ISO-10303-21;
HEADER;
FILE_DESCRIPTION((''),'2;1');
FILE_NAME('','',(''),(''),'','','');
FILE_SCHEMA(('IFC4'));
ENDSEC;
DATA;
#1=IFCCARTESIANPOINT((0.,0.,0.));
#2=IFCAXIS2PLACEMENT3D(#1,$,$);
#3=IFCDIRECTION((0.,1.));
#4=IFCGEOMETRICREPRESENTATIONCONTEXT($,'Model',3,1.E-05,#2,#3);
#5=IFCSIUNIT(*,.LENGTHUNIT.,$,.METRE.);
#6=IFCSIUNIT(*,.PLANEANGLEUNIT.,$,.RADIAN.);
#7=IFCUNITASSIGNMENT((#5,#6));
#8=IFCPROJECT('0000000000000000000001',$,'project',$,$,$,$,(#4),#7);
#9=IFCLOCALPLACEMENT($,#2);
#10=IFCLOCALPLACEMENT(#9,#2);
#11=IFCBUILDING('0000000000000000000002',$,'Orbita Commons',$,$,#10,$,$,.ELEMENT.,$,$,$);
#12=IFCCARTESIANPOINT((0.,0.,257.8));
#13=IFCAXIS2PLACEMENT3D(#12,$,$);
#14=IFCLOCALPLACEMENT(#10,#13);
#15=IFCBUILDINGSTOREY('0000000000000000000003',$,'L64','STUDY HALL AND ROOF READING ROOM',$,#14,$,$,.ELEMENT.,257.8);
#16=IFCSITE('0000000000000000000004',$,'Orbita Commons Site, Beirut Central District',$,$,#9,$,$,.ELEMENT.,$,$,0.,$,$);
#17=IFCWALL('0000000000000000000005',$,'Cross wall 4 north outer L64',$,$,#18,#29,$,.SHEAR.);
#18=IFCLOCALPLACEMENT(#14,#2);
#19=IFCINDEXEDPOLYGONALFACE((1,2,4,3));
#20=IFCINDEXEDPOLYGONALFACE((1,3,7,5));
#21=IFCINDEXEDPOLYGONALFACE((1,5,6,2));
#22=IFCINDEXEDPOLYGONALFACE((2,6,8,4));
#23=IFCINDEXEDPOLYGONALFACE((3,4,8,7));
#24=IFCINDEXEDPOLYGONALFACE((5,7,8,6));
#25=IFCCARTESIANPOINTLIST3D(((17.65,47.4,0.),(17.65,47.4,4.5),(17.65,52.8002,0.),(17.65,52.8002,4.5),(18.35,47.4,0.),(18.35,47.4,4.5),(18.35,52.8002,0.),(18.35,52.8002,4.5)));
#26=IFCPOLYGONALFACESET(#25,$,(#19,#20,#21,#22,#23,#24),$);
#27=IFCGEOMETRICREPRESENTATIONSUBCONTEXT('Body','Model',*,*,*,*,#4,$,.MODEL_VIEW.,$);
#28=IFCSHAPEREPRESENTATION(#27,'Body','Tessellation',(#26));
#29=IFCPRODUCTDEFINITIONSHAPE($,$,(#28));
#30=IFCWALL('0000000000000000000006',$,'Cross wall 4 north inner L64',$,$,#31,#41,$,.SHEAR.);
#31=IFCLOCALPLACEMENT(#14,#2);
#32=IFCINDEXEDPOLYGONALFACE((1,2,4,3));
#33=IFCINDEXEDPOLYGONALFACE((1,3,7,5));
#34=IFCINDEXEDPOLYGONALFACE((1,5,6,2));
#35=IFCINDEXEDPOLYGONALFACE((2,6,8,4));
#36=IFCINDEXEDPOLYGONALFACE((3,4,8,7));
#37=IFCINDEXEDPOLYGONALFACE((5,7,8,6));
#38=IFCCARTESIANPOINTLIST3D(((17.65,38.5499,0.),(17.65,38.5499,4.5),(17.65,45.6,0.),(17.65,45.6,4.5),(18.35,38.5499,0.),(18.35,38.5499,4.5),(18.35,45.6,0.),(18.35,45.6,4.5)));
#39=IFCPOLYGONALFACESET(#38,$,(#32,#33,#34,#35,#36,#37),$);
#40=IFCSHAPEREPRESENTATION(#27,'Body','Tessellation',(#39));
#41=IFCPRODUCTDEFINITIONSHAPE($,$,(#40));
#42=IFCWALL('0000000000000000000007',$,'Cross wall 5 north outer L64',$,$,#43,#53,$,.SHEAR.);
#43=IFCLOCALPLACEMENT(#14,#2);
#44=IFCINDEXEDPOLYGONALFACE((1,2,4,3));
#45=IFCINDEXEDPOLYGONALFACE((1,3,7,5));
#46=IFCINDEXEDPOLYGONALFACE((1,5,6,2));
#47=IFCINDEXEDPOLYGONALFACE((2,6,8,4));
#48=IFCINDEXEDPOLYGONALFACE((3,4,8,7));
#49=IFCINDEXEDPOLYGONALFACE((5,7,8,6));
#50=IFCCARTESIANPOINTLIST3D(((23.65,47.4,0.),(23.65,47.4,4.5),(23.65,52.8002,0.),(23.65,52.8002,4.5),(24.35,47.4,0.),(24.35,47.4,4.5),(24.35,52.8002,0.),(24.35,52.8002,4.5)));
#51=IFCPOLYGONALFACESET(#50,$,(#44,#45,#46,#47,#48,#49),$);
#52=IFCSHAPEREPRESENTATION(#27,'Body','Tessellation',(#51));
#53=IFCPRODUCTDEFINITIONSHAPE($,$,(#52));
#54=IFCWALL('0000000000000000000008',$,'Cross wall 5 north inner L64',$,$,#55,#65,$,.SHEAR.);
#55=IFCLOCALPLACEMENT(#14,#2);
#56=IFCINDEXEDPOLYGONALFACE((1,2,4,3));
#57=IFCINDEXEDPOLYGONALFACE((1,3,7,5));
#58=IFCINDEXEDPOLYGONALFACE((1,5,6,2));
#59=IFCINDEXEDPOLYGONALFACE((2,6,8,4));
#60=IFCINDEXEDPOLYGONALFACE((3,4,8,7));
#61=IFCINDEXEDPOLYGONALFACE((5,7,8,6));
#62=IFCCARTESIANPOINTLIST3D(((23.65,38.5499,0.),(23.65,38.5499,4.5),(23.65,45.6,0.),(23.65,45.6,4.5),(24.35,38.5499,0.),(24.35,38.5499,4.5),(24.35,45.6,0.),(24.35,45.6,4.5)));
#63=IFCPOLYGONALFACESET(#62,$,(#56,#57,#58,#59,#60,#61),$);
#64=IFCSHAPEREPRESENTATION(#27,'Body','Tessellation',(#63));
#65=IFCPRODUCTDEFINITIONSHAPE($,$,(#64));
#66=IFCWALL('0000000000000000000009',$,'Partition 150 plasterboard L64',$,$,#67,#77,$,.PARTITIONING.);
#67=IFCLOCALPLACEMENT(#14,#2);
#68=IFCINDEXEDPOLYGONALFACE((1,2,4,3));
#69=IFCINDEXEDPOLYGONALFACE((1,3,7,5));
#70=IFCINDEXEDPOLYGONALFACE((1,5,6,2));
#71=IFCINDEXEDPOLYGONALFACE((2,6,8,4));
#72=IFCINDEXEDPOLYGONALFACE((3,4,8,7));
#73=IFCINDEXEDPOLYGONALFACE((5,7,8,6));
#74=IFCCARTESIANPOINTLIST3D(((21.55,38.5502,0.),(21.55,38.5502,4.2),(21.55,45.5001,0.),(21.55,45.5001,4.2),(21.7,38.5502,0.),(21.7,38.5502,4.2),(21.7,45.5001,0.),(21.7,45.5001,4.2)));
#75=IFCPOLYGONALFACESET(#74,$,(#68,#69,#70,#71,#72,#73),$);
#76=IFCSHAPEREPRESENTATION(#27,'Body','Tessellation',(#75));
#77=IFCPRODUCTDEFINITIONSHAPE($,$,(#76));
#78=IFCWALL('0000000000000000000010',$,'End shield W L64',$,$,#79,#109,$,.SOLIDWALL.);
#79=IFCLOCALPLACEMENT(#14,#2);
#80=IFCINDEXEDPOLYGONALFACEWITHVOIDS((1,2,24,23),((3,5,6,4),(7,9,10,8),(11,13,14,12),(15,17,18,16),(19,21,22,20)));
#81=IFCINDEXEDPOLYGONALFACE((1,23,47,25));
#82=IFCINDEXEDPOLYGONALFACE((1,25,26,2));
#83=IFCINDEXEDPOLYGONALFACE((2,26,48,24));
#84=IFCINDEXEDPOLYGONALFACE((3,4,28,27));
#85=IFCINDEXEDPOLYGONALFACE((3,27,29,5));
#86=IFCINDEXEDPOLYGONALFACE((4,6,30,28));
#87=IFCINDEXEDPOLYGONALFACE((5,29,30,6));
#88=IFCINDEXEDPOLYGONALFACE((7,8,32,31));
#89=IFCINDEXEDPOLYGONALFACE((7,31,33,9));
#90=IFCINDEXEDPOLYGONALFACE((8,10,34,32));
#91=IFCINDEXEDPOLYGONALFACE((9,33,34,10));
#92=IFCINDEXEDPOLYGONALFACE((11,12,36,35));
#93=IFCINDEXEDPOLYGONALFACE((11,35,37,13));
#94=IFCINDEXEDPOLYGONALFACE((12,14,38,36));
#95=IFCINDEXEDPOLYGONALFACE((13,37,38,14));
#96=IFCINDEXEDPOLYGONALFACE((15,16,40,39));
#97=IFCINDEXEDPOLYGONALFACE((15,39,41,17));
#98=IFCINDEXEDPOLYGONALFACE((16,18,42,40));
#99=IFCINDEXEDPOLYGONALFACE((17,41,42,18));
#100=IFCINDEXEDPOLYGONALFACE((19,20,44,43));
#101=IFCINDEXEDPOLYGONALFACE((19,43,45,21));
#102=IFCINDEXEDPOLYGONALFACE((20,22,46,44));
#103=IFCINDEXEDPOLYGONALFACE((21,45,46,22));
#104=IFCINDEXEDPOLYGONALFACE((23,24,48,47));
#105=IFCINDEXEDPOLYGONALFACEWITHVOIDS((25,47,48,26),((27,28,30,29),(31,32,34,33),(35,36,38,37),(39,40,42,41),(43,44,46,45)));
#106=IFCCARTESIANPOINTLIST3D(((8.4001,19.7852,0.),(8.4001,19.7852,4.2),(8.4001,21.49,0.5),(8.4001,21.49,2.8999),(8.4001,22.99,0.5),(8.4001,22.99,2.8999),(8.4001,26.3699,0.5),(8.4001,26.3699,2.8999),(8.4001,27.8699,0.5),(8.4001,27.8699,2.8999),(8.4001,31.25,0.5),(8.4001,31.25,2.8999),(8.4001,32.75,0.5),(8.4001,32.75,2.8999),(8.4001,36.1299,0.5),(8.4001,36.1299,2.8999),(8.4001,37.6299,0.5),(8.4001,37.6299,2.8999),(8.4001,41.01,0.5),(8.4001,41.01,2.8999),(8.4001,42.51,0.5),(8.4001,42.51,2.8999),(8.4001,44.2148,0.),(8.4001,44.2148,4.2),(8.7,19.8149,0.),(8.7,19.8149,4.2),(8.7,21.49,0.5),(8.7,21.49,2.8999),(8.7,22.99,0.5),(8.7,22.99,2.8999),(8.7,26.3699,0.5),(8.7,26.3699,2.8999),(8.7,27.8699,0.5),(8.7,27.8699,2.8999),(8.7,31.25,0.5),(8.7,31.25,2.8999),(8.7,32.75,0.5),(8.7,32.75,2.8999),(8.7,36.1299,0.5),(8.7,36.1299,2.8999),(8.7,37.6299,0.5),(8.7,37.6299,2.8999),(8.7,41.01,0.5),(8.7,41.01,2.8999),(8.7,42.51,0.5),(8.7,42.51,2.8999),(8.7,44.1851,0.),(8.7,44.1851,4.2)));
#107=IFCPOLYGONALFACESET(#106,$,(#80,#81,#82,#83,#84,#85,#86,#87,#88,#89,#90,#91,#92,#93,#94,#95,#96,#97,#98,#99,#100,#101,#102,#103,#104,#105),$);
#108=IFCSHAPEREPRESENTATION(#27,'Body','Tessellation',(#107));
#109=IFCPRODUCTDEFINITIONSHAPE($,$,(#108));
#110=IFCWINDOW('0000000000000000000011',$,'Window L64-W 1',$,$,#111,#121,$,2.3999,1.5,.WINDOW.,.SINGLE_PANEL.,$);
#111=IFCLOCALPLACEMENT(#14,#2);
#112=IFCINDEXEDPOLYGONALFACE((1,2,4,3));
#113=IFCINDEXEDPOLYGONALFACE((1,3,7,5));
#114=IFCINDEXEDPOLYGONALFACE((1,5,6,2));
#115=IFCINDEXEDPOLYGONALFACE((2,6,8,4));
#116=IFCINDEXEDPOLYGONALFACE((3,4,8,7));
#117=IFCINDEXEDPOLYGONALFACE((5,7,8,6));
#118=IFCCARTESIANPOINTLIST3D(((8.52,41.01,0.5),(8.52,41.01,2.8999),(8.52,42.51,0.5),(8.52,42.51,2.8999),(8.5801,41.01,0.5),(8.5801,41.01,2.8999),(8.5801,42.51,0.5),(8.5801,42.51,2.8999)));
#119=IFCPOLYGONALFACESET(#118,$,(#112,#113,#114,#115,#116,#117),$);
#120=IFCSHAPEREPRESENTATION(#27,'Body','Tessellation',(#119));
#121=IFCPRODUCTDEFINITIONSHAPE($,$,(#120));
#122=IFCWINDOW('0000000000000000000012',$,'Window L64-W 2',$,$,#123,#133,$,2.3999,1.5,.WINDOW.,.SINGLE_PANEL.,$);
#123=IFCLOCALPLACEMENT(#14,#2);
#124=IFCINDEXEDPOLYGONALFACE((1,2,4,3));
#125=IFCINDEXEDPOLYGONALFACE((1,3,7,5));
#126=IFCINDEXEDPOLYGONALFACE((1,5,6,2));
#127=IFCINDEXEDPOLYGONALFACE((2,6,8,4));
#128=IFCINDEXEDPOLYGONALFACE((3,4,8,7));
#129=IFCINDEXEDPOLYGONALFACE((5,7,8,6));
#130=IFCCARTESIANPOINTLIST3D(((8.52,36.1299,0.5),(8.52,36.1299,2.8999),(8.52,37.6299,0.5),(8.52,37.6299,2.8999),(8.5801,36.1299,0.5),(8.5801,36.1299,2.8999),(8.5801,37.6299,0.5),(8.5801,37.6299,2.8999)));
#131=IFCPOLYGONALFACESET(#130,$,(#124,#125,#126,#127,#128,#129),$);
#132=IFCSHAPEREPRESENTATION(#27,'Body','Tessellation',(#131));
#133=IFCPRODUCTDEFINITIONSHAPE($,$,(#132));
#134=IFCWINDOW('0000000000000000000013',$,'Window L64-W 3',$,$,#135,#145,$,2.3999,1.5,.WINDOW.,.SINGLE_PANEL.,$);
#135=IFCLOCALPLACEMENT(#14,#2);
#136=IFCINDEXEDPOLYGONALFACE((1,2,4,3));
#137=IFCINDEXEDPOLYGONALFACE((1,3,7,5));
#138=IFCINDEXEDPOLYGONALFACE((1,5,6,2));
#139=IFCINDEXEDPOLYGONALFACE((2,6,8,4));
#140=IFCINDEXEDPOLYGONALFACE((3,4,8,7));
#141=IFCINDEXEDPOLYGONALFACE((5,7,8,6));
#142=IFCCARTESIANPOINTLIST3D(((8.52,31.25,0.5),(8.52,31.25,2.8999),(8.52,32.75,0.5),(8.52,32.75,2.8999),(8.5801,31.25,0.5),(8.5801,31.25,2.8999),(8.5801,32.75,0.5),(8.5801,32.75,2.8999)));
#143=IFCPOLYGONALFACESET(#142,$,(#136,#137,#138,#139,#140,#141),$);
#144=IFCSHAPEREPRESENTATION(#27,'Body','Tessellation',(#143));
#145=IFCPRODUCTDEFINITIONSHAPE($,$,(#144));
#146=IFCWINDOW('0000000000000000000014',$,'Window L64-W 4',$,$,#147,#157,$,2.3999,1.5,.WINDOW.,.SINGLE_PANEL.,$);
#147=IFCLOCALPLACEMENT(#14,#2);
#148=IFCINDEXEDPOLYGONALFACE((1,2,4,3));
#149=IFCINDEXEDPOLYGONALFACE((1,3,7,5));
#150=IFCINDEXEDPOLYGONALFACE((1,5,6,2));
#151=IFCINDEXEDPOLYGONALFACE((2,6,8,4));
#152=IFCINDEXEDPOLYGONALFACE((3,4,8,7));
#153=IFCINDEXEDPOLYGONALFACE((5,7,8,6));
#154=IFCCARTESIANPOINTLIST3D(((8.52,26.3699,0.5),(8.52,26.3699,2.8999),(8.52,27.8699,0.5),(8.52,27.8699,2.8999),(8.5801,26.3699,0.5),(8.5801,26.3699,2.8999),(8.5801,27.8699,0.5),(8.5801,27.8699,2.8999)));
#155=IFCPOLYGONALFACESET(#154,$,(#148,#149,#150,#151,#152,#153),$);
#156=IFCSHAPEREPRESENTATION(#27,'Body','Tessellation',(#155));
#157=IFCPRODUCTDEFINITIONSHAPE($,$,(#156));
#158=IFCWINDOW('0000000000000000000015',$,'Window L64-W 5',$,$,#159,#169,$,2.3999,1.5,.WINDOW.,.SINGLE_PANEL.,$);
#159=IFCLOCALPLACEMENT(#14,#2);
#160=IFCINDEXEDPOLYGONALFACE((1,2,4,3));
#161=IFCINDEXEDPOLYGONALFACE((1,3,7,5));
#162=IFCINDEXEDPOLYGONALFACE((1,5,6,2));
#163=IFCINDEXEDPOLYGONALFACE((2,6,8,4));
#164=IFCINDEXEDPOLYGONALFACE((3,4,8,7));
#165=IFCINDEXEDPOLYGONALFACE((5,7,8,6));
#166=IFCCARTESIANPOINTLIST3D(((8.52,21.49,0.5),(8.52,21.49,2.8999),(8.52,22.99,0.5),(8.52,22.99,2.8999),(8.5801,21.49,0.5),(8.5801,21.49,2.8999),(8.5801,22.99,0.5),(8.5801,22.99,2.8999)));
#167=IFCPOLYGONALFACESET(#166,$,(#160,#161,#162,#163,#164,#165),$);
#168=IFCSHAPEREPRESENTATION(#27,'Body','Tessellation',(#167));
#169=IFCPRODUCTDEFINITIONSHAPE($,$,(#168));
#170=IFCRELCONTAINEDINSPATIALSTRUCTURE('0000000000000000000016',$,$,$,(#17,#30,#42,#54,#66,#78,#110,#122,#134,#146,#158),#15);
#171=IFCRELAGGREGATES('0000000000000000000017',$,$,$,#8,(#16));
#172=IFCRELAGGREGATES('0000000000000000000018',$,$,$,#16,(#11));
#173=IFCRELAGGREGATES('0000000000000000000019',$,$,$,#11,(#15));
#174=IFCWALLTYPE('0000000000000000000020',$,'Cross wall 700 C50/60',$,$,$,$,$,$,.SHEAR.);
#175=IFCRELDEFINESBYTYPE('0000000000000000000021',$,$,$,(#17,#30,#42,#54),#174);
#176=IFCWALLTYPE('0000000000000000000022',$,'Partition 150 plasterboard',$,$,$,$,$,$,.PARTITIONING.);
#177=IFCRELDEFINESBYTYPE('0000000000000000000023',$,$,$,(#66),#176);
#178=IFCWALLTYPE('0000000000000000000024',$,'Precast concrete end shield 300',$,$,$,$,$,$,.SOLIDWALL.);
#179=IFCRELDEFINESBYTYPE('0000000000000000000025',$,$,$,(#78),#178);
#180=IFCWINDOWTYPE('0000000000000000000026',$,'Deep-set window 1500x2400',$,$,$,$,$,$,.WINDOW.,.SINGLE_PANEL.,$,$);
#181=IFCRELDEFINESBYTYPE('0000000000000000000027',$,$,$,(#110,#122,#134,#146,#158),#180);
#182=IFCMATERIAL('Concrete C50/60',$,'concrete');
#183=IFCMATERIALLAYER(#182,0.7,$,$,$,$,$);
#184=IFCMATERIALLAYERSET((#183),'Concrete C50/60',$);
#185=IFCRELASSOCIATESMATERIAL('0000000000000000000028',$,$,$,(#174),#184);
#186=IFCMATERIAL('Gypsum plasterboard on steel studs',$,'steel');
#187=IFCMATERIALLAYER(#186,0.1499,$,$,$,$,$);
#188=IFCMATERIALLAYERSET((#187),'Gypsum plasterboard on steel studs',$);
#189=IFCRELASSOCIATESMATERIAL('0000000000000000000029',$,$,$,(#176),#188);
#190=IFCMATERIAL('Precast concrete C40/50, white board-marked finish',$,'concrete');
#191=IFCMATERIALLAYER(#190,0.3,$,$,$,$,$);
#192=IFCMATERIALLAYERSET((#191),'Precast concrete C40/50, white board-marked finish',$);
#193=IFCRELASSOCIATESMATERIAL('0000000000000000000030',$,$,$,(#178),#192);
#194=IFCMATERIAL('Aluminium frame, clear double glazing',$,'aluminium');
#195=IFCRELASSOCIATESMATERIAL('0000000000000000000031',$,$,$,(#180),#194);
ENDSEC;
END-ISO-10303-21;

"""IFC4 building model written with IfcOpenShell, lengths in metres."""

from ifc_helpers import new_model, si_unit, direction, frame, frame_2d, origin, place, context, subcontext, project, spatial, polyline, rectangle, outline, extrude, material, layer, layer_set, type_object, element, fill, save


model = new_model("IFC4")

# Units and contexts
model_context = context("Model", 3, precision=1e-05, world=origin(), true_north=direction((0.0, 1.0)))
body_context = subcontext(model_context, "Body", "Model", "MODEL_VIEW")
ifc_project = project(units=[si_unit("LENGTHUNIT", "METRE"), si_unit("PLANEANGLEUNIT", "RADIAN")], contexts=[model_context])

# Site, building, storey
site_placement = place(None, origin())
site = spatial("IfcSite", under=ifc_project, at=site_placement, Name="Orbita Commons Site, Beirut Central District", CompositionType="ELEMENT", RefElevation=0.0)
building_placement = place(site_placement, origin())
building = spatial("IfcBuilding", under=site, at=building_placement, Name="Orbita Commons", CompositionType="ELEMENT")
storey_placement = place(building_placement, frame((0.0, 0.0, 257.8)))
storey = spatial("IfcBuildingStorey", under=building, at=storey_placement, Name="L64", Description="STUDY HALL AND ROOF READING ROOM", CompositionType="ELEMENT", Elevation=257.8)

# Walls
ifc_material_1 = material(Name="Concrete C50/60", Category="concrete")
ifc_layer_1 = layer(ifc_material_1, 0.7)
ifc_layer_set_1 = layer_set([ifc_layer_1], Name="Concrete C50/60")
wall_type_1 = type_object("IfcWallType", Name="Cross wall 700 C50/60", PredefinedType="SHEAR", material=ifc_layer_set_1)
wall_1_placement = place(storey_placement, frame((18.0, 47.3999, 0.0), z_axis=(0.0, 0.0, 1.0), x_axis=(0.0, 1.0, 0.0)))
element("IfcWall", 1, at=wall_1_placement, inside=storey, type_object=wall_type_1, Name="Cross wall 4 north outer L64", PredefinedType="SHEAR", context=body_context, shape_type="SweptSolid", body=[
    extrude(rectangle(XDim=5.4001, YDim=0.7, at=frame_2d((2.7002, 0.0))), origin(), (0.0, 0.0, 1.0), 4.5),
])
wall_2_placement = place(storey_placement, frame((18.0, 38.55, 0.0), z_axis=(0.0, 0.0, 1.0), x_axis=(0.0, 1.0, 0.0)))
element("IfcWall", 2, at=wall_2_placement, inside=storey, type_object=wall_type_1, Name="Cross wall 4 north inner L64", PredefinedType="SHEAR", context=body_context, shape_type="SweptSolid", body=[
    extrude(rectangle(XDim=7.05, YDim=0.7, at=frame_2d((3.5249, 0.0))), origin(), (0.0, 0.0, 1.0), 4.5),
])
wall_3_placement = place(storey_placement, frame((24.0, 47.3999, 0.0), z_axis=(0.0, 0.0, 1.0), x_axis=(0.0, 1.0, 0.0)))
element("IfcWall", 3, at=wall_3_placement, inside=storey, type_object=wall_type_1, Name="Cross wall 5 north outer L64", PredefinedType="SHEAR", context=body_context, shape_type="SweptSolid", body=[
    extrude(rectangle(XDim=5.4001, YDim=0.7, at=frame_2d((2.7002, 0.0))), origin(), (0.0, 0.0, 1.0), 4.5),
])
wall_4_placement = place(storey_placement, frame((24.0, 38.55, 0.0), z_axis=(0.0, 0.0, 1.0), x_axis=(0.0, 1.0, 0.0)))
element("IfcWall", 4, at=wall_4_placement, inside=storey, type_object=wall_type_1, Name="Cross wall 5 north inner L64", PredefinedType="SHEAR", context=body_context, shape_type="SweptSolid", body=[
    extrude(rectangle(XDim=7.05, YDim=0.7, at=frame_2d((3.5249, 0.0))), origin(), (0.0, 0.0, 1.0), 4.5),
])
ifc_material_2 = material(Name="Gypsum plasterboard on steel studs", Category="steel")
ifc_layer_2 = layer(ifc_material_2, 0.1499)
ifc_layer_set_2 = layer_set([ifc_layer_2], Name="Gypsum plasterboard on steel studs")
wall_type_2 = type_object("IfcWallType", Name="Partition 150 plasterboard", PredefinedType="PARTITIONING", material=ifc_layer_set_2)
wall_5_placement = place(storey_placement, frame((21.625, 38.55, 0.0), z_axis=(0.0, 0.0, 1.0), x_axis=(0.0, 1.0, 0.0)))
element("IfcWall", 5, at=wall_5_placement, inside=storey, type_object=wall_type_2, Name="Partition 150 plasterboard L64", PredefinedType="PARTITIONING", context=body_context, shape_type="SweptSolid", body=[
    extrude(rectangle(XDim=6.95, YDim=0.1499, at=frame_2d((3.4751, 0.0))), origin(), (0.0, 0.0, 1.0), 4.2),
])

# Wall, openings, windows
ifc_material_3 = material(Name="Precast concrete C40/50, white board-marked finish", Category="concrete")
ifc_layer_3 = layer(ifc_material_3, 0.3)
ifc_layer_set_3 = layer_set([ifc_layer_3], Name="Precast concrete C40/50, white board-marked finish")
wall_type_3 = type_object("IfcWallType", Name="Precast concrete end shield 300", PredefinedType="SOLIDWALL", material=ifc_layer_set_3)
wall_6_placement = place(storey_placement, frame((8.55, 44.2, 0.0), z_axis=(0.0, 0.0, 1.0), x_axis=(0.0, -1.0, 0.0)))
wall_6 = element("IfcWall", 6, at=wall_6_placement, inside=storey, type_object=wall_type_3, Name="End shield W L64", PredefinedType="SOLIDWALL", context=body_context, shape_type="SweptSolid", body=[
    extrude(outline(polyline([(-0.0149, -0.1499), (24.4148, -0.1499), (24.385, 0.1499), (0.0149, 0.1499), (-0.0149, -0.1499)])), origin(), (0.0, 0.0, 1.0), 4.2),
])
opening_1_placement = place(wall_6_placement, frame((1.6899, 0.0, 0.5)))
opening_1 = element("IfcOpeningElement", 7, at=opening_1_placement, cuts=wall_6, PredefinedType="OPENING", context=body_context, shape_type="SweptSolid", body=[
    extrude(rectangle(XDim=1.5, YDim=2.3999, at=frame_2d((0.75, 1.2))), frame((0.0, 0.1599, 0.0), z_axis=(0.0, -1.0, 0.0), x_axis=(1.0, 0.0, 0.0)), (0.0, 0.0, 1.0), 0.3201),
])
opening_2_placement = place(wall_6_placement, frame((6.5701, 0.0, 0.5)))
opening_2 = element("IfcOpeningElement", 8, at=opening_2_placement, cuts=wall_6, PredefinedType="OPENING", context=body_context, shape_type="SweptSolid", body=[
    extrude(rectangle(XDim=1.5, YDim=2.3999, at=frame_2d((0.75, 1.2))), frame((0.0, 0.1599, 0.0), z_axis=(0.0, -1.0, 0.0), x_axis=(1.0, 0.0, 0.0)), (0.0, 0.0, 1.0), 0.3201),
])
opening_3_placement = place(wall_6_placement, frame((11.45, 0.0, 0.5)))
opening_3 = element("IfcOpeningElement", 9, at=opening_3_placement, cuts=wall_6, PredefinedType="OPENING", context=body_context, shape_type="SweptSolid", body=[
    extrude(rectangle(XDim=1.5, YDim=2.3999, at=frame_2d((0.75, 1.2))), frame((0.0, 0.1599, 0.0), z_axis=(0.0, -1.0, 0.0), x_axis=(1.0, 0.0, 0.0)), (0.0, 0.0, 1.0), 0.3201),
])
opening_4_placement = place(wall_6_placement, frame((16.3301, 0.0, 0.5)))
opening_4 = element("IfcOpeningElement", 10, at=opening_4_placement, cuts=wall_6, PredefinedType="OPENING", context=body_context, shape_type="SweptSolid", body=[
    extrude(rectangle(XDim=1.5, YDim=2.3999, at=frame_2d((0.75, 1.2))), frame((0.0, 0.1599, 0.0), z_axis=(0.0, -1.0, 0.0), x_axis=(1.0, 0.0, 0.0)), (0.0, 0.0, 1.0), 0.3201),
])
opening_5_placement = place(wall_6_placement, frame((21.21, 0.0, 0.5)))
opening_5 = element("IfcOpeningElement", 11, at=opening_5_placement, cuts=wall_6, PredefinedType="OPENING", context=body_context, shape_type="SweptSolid", body=[
    extrude(rectangle(XDim=1.5, YDim=2.3999, at=frame_2d((0.75, 1.2))), frame((0.0, 0.1599, 0.0), z_axis=(0.0, -1.0, 0.0), x_axis=(1.0, 0.0, 0.0)), (0.0, 0.0, 1.0), 0.3201),
])
ifc_material_4 = material(Name="Aluminium frame, clear double glazing", Category="aluminium")
window_type = type_object("IfcWindowType", Name="Deep-set window 1500x2400", PartitioningType="SINGLE_PANEL", PredefinedType="WINDOW", material=ifc_material_4)
window_1_placement = place(opening_1_placement, origin())
window_1 = element("IfcWindow", 12, at=window_1_placement, inside=storey, type_object=window_type, Name="Window L64-W 1", OverallHeight=2.3999, OverallWidth=1.5, PartitioningType="SINGLE_PANEL", PredefinedType="WINDOW", context=body_context, shape_type="SweptSolid", body=[
    extrude(rectangle(XDim=1.5, YDim=2.3999, at=frame_2d((0.75, 1.2))), frame((0.0, 0.03, 0.0), z_axis=(0.0, -1.0, 0.0), x_axis=(1.0, 0.0, 0.0)), (0.0, 0.0, 1.0), 0.0601),
])
fill(opening_1, window_1)
window_2_placement = place(opening_2_placement, origin())
window_2 = element("IfcWindow", 13, at=window_2_placement, inside=storey, type_object=window_type, Name="Window L64-W 2", OverallHeight=2.3999, OverallWidth=1.5, PartitioningType="SINGLE_PANEL", PredefinedType="WINDOW", context=body_context, shape_type="SweptSolid", body=[
    extrude(rectangle(XDim=1.5, YDim=2.3999, at=frame_2d((0.75, 1.2))), frame((0.0, 0.03, 0.0), z_axis=(0.0, -1.0, 0.0), x_axis=(1.0, 0.0, 0.0)), (0.0, 0.0, 1.0), 0.0601),
])
fill(opening_2, window_2)
window_3_placement = place(opening_3_placement, origin())
window_3 = element("IfcWindow", 14, at=window_3_placement, inside=storey, type_object=window_type, Name="Window L64-W 3", OverallHeight=2.3999, OverallWidth=1.5, PartitioningType="SINGLE_PANEL", PredefinedType="WINDOW", context=body_context, shape_type="SweptSolid", body=[
    extrude(rectangle(XDim=1.5, YDim=2.3999, at=frame_2d((0.75, 1.2))), frame((0.0, 0.03, 0.0), z_axis=(0.0, -1.0, 0.0), x_axis=(1.0, 0.0, 0.0)), (0.0, 0.0, 1.0), 0.0601),
])
fill(opening_3, window_3)
window_4_placement = place(opening_4_placement, origin())
window_4 = element("IfcWindow", 15, at=window_4_placement, inside=storey, type_object=window_type, Name="Window L64-W 4", OverallHeight=2.3999, OverallWidth=1.5, PartitioningType="SINGLE_PANEL", PredefinedType="WINDOW", context=body_context, shape_type="SweptSolid", body=[
    extrude(rectangle(XDim=1.5, YDim=2.3999, at=frame_2d((0.75, 1.2))), frame((0.0, 0.03, 0.0), z_axis=(0.0, -1.0, 0.0), x_axis=(1.0, 0.0, 0.0)), (0.0, 0.0, 1.0), 0.0601),
])
fill(opening_4, window_4)
window_5_placement = place(opening_5_placement, origin())
window_5 = element("IfcWindow", 16, at=window_5_placement, inside=storey, type_object=window_type, Name="Window L64-W 5", OverallHeight=2.3999, OverallWidth=1.5, PartitioningType="SINGLE_PANEL", PredefinedType="WINDOW", context=body_context, shape_type="SweptSolid", body=[
    extrude(rectangle(XDim=1.5, YDim=2.3999, at=frame_2d((0.75, 1.2))), frame((0.0, 0.03, 0.0), z_axis=(0.0, -1.0, 0.0), x_axis=(1.0, 0.0, 0.0)), (0.0, 0.0, 1.0), 0.0601),
])
fill(opening_5, window_5)

save(model, "model.ifc")
